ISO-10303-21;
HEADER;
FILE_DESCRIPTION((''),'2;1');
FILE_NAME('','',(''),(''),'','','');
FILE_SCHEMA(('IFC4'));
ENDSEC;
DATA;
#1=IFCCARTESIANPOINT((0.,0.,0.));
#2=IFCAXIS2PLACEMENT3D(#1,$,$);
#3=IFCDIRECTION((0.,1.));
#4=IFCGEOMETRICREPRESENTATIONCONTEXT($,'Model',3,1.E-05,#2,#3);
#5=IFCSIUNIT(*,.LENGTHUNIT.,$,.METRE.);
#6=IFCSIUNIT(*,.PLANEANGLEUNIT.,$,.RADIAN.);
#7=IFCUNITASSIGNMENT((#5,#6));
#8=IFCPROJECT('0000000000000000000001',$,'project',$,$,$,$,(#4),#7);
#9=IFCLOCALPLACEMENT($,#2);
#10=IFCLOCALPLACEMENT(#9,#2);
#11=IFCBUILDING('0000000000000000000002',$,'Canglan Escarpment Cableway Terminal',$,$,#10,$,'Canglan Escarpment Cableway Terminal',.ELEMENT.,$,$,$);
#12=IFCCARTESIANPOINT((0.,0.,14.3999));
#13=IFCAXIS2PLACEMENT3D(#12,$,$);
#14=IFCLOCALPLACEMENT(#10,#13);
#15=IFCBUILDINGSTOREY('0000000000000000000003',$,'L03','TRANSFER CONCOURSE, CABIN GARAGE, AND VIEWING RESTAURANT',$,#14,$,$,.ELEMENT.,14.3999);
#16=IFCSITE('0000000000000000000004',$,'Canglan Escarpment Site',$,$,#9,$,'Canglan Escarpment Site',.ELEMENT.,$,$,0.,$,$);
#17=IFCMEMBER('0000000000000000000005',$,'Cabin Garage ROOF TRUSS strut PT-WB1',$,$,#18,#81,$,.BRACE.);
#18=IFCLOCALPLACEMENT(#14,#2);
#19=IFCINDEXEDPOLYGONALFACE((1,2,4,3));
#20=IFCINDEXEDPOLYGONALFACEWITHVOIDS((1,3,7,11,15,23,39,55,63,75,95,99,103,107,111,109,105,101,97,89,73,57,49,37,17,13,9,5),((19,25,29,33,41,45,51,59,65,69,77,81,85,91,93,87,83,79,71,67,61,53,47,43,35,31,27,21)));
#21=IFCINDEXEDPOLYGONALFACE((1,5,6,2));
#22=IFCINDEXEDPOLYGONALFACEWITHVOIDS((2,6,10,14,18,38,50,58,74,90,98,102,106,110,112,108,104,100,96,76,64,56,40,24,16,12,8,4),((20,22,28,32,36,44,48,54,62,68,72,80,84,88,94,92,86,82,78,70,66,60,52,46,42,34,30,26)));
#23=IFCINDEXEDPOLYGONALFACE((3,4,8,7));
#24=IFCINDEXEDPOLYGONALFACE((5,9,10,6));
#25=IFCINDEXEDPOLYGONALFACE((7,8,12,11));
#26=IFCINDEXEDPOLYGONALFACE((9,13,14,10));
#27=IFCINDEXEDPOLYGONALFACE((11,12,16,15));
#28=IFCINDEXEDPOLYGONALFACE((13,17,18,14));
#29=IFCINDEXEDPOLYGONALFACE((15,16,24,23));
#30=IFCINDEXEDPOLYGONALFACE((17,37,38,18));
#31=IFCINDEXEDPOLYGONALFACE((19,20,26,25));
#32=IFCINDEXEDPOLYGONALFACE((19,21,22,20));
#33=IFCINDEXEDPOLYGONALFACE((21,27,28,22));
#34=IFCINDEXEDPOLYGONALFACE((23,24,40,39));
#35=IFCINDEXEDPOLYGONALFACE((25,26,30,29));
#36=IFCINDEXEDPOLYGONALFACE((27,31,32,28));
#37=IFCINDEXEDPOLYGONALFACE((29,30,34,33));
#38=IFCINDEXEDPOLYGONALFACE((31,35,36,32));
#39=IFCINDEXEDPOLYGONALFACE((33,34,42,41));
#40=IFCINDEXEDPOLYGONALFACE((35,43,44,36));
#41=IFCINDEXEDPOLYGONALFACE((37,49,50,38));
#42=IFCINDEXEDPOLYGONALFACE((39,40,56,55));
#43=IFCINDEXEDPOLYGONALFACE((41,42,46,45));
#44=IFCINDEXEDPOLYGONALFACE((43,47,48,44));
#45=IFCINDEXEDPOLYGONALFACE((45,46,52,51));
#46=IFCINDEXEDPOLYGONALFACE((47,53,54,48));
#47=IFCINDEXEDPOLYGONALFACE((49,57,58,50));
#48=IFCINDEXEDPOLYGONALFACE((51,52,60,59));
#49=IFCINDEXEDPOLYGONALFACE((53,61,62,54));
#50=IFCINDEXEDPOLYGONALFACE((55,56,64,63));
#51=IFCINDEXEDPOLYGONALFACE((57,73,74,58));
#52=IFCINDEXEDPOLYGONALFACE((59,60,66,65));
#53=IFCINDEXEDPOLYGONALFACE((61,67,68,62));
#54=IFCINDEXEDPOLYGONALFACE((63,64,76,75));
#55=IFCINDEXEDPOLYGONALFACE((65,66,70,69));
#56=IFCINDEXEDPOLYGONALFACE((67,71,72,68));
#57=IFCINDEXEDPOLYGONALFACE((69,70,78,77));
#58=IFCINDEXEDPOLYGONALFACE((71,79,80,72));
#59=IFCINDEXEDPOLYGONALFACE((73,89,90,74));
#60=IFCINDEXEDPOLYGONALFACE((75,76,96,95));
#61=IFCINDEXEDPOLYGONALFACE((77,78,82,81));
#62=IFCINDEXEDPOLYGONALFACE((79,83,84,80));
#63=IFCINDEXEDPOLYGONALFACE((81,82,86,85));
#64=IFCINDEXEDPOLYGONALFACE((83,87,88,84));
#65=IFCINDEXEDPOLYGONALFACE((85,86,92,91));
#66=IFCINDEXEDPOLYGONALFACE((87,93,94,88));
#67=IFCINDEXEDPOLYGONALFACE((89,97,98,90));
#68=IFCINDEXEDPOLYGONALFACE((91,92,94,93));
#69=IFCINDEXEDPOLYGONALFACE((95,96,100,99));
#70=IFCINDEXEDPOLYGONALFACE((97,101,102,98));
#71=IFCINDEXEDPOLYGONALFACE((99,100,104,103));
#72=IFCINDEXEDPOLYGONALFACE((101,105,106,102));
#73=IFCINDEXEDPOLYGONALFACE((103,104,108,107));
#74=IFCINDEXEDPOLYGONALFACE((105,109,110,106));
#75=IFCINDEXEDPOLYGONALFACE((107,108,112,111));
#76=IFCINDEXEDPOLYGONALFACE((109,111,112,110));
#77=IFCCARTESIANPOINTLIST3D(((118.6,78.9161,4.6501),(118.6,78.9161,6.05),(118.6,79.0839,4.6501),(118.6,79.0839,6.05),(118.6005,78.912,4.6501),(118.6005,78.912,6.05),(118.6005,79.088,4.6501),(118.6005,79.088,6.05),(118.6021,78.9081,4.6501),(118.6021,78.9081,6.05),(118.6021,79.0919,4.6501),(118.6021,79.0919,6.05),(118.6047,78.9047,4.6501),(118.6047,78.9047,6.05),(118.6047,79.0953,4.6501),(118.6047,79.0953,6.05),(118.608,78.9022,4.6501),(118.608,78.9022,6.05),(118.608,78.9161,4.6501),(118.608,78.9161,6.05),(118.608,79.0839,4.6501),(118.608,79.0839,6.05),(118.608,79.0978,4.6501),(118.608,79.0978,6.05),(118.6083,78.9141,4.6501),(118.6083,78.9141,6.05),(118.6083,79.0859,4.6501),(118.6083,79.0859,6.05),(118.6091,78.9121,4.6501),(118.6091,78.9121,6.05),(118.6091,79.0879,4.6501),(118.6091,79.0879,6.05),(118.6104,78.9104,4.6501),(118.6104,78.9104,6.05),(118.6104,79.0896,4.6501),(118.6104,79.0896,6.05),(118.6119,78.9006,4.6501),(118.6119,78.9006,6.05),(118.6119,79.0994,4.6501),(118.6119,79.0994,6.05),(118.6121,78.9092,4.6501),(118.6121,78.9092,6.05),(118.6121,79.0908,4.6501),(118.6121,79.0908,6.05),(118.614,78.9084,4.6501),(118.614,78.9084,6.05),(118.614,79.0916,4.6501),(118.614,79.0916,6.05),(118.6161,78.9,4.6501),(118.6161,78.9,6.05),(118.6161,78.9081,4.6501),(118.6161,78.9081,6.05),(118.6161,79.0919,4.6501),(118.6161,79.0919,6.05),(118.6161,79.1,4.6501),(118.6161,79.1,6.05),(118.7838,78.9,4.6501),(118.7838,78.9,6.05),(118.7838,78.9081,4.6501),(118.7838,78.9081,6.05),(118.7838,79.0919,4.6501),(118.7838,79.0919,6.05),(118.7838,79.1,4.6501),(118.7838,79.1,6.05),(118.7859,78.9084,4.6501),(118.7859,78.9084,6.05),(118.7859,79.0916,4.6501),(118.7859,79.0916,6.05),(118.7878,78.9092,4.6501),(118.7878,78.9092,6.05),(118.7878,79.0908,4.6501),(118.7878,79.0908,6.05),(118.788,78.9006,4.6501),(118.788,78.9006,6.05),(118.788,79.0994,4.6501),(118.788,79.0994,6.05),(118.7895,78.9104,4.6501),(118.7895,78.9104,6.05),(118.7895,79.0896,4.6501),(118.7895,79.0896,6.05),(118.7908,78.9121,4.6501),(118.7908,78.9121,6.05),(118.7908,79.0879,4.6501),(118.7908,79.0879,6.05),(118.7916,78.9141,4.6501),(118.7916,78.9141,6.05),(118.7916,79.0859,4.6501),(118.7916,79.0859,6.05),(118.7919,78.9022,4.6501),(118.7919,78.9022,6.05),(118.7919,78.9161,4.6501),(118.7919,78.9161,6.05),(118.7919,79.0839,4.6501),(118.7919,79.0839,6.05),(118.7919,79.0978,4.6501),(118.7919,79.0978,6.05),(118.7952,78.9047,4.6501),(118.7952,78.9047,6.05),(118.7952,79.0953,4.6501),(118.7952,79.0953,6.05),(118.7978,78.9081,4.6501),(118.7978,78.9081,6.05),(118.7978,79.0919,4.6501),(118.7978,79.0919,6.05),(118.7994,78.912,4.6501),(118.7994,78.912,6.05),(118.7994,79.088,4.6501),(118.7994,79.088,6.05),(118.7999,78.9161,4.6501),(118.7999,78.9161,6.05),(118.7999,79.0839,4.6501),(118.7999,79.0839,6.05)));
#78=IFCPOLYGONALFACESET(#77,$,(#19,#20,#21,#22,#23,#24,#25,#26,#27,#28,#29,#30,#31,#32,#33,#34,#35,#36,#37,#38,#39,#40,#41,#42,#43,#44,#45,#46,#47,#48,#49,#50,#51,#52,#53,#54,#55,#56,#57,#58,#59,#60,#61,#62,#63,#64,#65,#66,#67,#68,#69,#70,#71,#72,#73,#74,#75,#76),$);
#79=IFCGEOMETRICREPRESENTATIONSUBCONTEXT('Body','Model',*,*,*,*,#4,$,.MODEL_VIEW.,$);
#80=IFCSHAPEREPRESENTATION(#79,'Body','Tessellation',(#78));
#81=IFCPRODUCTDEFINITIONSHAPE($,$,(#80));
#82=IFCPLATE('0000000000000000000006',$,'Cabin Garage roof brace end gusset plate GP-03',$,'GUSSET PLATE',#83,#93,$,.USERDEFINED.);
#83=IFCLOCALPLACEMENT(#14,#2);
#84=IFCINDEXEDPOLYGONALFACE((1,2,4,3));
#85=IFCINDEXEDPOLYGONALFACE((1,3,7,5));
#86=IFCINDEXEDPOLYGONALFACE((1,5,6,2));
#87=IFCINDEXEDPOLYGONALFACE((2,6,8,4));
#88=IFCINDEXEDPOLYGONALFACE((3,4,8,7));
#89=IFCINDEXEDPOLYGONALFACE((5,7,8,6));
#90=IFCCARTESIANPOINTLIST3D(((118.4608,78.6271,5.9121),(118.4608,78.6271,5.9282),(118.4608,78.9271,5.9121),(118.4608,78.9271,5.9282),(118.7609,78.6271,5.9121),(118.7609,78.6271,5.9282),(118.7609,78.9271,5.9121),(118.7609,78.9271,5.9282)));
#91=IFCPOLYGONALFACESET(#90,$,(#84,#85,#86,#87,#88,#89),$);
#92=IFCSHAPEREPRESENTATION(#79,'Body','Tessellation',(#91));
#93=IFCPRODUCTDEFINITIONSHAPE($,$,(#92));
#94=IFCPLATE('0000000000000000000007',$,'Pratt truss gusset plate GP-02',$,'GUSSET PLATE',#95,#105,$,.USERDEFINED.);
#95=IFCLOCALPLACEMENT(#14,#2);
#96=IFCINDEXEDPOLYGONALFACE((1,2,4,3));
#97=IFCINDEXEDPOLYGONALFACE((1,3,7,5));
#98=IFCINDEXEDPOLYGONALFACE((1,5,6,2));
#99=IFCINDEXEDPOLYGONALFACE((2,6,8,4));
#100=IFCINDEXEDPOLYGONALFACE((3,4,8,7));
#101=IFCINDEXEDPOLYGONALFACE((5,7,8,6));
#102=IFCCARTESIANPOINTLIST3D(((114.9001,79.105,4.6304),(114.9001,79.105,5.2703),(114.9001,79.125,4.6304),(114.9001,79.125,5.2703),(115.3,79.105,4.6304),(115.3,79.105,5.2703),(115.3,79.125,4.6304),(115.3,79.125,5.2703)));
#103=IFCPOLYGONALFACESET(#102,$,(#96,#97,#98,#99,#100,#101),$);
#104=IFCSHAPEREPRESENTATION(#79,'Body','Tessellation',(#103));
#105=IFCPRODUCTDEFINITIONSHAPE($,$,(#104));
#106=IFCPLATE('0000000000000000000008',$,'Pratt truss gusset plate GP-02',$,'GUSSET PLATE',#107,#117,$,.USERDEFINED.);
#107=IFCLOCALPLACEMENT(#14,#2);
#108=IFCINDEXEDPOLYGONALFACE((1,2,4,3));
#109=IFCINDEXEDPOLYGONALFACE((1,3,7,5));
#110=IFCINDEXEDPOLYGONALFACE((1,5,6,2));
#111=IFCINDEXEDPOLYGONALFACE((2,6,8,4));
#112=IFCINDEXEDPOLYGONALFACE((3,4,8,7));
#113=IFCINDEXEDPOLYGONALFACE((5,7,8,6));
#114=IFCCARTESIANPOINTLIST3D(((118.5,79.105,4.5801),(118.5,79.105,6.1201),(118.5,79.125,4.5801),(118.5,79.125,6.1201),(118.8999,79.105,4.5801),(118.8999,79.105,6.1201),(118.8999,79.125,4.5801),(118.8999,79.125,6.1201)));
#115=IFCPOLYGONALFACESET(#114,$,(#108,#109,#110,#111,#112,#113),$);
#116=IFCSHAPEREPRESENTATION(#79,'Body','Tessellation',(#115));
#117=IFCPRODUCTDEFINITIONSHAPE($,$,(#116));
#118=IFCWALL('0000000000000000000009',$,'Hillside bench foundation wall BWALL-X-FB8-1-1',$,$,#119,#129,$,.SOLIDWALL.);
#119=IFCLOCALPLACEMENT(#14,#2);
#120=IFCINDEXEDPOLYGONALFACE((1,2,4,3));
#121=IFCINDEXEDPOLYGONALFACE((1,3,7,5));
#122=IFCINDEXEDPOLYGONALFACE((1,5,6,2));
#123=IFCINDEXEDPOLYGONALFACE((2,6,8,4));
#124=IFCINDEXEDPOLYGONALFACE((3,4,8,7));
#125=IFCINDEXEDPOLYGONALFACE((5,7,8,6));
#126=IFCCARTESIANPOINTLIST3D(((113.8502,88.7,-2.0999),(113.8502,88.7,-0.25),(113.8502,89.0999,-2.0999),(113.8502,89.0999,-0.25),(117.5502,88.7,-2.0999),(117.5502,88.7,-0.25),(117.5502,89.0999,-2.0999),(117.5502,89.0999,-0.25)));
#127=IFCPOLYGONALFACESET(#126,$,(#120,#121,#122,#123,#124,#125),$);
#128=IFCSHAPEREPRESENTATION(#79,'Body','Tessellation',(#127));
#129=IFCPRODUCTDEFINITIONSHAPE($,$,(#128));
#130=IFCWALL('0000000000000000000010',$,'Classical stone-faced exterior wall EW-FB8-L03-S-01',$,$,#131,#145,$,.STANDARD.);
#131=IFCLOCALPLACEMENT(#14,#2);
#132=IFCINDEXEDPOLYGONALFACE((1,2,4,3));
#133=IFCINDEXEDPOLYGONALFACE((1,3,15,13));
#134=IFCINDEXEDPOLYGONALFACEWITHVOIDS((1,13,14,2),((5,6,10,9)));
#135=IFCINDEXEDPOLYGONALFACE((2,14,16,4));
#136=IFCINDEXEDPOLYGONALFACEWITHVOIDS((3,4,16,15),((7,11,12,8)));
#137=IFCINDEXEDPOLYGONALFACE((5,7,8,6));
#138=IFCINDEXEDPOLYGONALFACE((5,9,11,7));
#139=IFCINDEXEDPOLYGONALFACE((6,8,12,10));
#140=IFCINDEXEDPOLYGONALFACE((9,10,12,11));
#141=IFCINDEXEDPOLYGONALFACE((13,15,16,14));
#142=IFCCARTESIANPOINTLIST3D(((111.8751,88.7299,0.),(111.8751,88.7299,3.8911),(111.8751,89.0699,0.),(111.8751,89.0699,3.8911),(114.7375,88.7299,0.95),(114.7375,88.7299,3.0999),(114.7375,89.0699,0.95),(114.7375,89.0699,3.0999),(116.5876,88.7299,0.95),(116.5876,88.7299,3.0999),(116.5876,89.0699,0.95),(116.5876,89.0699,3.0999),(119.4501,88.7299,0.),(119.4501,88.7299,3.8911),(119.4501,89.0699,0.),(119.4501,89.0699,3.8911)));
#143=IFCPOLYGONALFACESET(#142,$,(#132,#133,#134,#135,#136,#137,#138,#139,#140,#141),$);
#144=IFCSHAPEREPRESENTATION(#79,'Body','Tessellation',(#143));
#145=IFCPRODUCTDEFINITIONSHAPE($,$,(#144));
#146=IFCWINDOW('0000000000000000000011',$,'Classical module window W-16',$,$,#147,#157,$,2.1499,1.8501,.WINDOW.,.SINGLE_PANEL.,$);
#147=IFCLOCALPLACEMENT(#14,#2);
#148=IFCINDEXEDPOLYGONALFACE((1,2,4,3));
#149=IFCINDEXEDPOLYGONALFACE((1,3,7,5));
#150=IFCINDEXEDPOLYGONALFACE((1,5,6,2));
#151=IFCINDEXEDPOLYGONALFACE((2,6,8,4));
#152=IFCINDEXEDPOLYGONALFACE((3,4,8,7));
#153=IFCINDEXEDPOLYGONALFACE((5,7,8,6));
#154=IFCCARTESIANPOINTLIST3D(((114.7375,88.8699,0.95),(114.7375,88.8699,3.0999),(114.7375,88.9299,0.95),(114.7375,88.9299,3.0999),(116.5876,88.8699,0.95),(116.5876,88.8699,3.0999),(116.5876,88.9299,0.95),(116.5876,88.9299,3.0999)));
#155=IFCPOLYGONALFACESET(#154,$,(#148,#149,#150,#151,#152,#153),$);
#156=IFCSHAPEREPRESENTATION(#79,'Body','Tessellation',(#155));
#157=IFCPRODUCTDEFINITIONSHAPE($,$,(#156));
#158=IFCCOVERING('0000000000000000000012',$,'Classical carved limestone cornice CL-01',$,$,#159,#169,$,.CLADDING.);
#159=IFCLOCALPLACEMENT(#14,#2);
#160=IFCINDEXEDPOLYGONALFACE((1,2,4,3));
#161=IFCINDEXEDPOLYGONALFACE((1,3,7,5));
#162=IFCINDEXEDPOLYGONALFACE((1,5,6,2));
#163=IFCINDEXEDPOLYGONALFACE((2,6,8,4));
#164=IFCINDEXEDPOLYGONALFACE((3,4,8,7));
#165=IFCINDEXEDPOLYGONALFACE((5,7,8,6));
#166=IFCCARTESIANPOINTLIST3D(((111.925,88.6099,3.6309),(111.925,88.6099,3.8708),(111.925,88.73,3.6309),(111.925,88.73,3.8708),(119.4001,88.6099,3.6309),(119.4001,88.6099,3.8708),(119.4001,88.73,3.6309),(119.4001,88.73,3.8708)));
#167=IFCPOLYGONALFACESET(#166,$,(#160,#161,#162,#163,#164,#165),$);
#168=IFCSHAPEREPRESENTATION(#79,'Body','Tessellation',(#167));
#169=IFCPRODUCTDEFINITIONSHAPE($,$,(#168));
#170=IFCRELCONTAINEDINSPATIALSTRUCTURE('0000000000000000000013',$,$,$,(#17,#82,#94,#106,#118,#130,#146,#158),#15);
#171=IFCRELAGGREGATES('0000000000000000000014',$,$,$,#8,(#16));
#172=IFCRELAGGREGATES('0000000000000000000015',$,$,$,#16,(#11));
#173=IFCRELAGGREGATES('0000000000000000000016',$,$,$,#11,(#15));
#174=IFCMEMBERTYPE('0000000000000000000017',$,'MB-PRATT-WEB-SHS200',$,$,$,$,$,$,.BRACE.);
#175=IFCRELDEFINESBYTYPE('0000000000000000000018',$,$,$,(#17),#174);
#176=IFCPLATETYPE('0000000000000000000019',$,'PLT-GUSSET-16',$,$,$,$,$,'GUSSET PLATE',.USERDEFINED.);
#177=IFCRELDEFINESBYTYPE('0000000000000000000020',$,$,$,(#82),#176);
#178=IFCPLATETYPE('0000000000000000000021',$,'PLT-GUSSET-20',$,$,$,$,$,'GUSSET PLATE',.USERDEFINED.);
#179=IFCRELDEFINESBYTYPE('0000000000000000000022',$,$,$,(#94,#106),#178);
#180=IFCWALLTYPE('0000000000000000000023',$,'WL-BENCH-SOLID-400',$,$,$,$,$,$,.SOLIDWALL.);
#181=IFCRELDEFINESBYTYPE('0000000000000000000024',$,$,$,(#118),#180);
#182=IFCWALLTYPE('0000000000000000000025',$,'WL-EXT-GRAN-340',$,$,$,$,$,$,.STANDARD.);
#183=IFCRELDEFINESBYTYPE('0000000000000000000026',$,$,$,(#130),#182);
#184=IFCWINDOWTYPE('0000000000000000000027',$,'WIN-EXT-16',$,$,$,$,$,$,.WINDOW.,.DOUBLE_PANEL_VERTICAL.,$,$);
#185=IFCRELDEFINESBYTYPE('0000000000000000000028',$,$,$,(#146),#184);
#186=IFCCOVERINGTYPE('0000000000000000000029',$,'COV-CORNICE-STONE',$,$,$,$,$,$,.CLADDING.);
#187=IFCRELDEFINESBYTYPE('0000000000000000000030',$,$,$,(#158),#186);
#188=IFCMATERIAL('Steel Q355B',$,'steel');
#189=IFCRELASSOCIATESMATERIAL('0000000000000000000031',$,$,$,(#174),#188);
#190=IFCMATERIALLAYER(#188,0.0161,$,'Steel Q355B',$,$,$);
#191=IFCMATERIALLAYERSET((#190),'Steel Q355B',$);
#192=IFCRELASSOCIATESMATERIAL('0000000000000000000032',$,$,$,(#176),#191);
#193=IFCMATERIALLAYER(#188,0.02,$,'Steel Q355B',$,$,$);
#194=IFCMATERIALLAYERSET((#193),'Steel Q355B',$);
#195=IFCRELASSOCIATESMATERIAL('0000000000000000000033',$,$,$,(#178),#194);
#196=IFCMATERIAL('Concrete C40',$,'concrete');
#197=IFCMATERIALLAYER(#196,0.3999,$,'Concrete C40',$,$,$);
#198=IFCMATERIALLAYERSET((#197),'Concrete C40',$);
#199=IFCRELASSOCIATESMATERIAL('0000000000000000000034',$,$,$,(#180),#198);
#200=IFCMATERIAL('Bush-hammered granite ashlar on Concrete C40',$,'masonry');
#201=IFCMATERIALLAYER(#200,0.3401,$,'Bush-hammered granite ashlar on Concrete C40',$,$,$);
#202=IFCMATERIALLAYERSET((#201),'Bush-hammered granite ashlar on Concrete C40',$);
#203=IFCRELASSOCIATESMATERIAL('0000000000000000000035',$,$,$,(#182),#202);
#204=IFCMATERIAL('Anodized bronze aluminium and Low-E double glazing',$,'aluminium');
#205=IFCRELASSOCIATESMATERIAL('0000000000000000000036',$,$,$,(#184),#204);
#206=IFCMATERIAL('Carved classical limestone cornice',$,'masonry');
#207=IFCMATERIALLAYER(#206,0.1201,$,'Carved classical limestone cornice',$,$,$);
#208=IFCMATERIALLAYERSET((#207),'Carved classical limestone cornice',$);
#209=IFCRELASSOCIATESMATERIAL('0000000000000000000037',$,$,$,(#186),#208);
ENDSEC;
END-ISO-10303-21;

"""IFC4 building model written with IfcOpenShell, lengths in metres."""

from ifc_helpers import new_model, si_unit, direction, frame, frame_2d, origin, origin_2d, place, context, subcontext, project, spatial, rectangle, hollow_rectangle, extrude, material, layer, layer_set, material_profile, profile_set, type_object, element, fill, save


model = new_model("IFC4")

# Units and contexts
model_context = context("Model", 3, precision=1e-05, world=origin(), true_north=direction((0.0, 1.0)))
body_context = subcontext(model_context, "Body", "Model", "MODEL_VIEW")
ifc_project = project(units=[si_unit("LENGTHUNIT", "METRE"), si_unit("PLANEANGLEUNIT", "RADIAN")], contexts=[model_context])

# Site, building, storey
site_placement = place(None, origin())
site = spatial("IfcSite", under=ifc_project, at=site_placement, Name="Canglan Escarpment Site", LongName="Canglan Escarpment Site", CompositionType="ELEMENT", RefElevation=0.0)
building_placement = place(site_placement, origin())
building = spatial("IfcBuilding", under=site, at=building_placement, Name="Canglan Escarpment Cableway Terminal", LongName="Canglan Escarpment Cableway Terminal", CompositionType="ELEMENT")
storey_placement = place(building_placement, frame((0.0, 0.0, 14.3999)))
storey = spatial("IfcBuildingStorey", under=building, at=storey_placement, Name="L03", Description="TRANSFER CONCOURSE, CABIN GARAGE, AND VIEWING RESTAURANT", CompositionType="ELEMENT", Elevation=14.3999)

# Shared definitions
ifc_material_1 = material(Name="Concrete C40", Category="concrete")

# Shared definitions
ifc_material_2 = material(Name="Steel Q355B", Category="steel")

# Member
ifc_material_profile_1 = material_profile(ifc_material_2, hollow_rectangle(XDim=0.2, YDim=0.2, WallThickness=0.0081, InnerFilletRadius=0.0081, OuterFilletRadius=0.0161, at=origin_2d()), Name="SHS 200x200x8")
ifc_profile_set_1 = profile_set([ifc_material_profile_1], Name="Steel Q355B")
member_type_1 = type_object("IfcMemberType", Name="MB-PRATT-WEB-SHS200", PredefinedType="BRACE", material=ifc_profile_set_1)
member_1_placement = place(storey_placement, frame((118.7, 79.0, 4.6501), z_axis=(0.0, 0.0, 1.0), x_axis=(1.0, 0.0, 0.0)))
element("IfcMember", 1, at=member_1_placement, inside=storey, type_object=member_type_1, Name="Cabin Garage ROOF TRUSS strut PT-WB1", PredefinedType="BRACE", context=body_context, shape_type="SweptSolid", body=[
    extrude(hollow_rectangle(XDim=0.2, YDim=0.2, WallThickness=0.0081, InnerFilletRadius=0.0081, OuterFilletRadius=0.0161, at=origin_2d()), origin(), (0.0, 0.0, 1.0), 1.3999),
])

# Plates
ifc_layer_1 = layer(ifc_material_2, 0.0161, Name="Steel Q355B")
ifc_layer_set_1 = layer_set([ifc_layer_1], Name="Steel Q355B")
plate_type_1 = type_object("IfcPlateType", Name="PLT-GUSSET-16", ElementType="GUSSET PLATE", PredefinedType="USERDEFINED", material=ifc_layer_set_1)
plate_1_placement = place(storey_placement, frame((118.6108, 78.7771, 5.9121), z_axis=(0.0, 0.0, 1.0), x_axis=(1.0, 0.0, 0.0)))
element("IfcPlate", 2, at=plate_1_placement, inside=storey, type_object=plate_type_1, Name="Cabin Garage roof brace end gusset plate GP-03", ObjectType="GUSSET PLATE", PredefinedType="USERDEFINED", context=body_context, shape_type="SweptSolid", body=[
    extrude(rectangle(XDim=0.3, YDim=0.3, at=origin_2d()), origin(), (0.0, 0.0, 1.0), 0.0161),
])
ifc_layer_2 = layer(ifc_material_2, 0.02, Name="Steel Q355B")
ifc_layer_set_2 = layer_set([ifc_layer_2], Name="Steel Q355B")
plate_type_2 = type_object("IfcPlateType", Name="PLT-GUSSET-20", ElementType="GUSSET PLATE", PredefinedType="USERDEFINED", material=ifc_layer_set_2)
plate_2_placement = place(storey_placement, frame((115.1001, 79.115, 4.6304), z_axis=(0.0, 0.0, 1.0), x_axis=(1.0, 0.0, 0.0)))
element("IfcPlate", 3, at=plate_2_placement, inside=storey, type_object=plate_type_2, Name="Pratt truss gusset plate GP-02", ObjectType="GUSSET PLATE", PredefinedType="USERDEFINED", context=body_context, shape_type="SweptSolid", body=[
    extrude(rectangle(XDim=0.3999, YDim=0.02, at=origin_2d()), origin(), (0.0, 0.0, 1.0), 0.6399),
])
plate_3_placement = place(storey_placement, frame((118.7, 79.115, 4.5801), z_axis=(0.0, 0.0, 1.0), x_axis=(1.0, 0.0, 0.0)))
element("IfcPlate", 4, at=plate_3_placement, inside=storey, type_object=plate_type_2, Name="Pratt truss gusset plate GP-02", ObjectType="GUSSET PLATE", PredefinedType="USERDEFINED", context=body_context, shape_type="SweptSolid", body=[
    extrude(rectangle(XDim=0.3999, YDim=0.02, at=origin_2d()), origin(), (0.0, 0.0, 1.0), 1.54),
])

# Wall
ifc_layer_3 = layer(ifc_material_1, 0.3999, Name="Concrete C40")
ifc_layer_set_3 = layer_set([ifc_layer_3], Name="Concrete C40")
wall_type_1 = type_object("IfcWallType", Name="WL-BENCH-SOLID-400", PredefinedType="SOLIDWALL", material=ifc_layer_set_3)
wall_1_placement = place(storey_placement, frame((113.8501, 88.8999, -2.0999), z_axis=(0.0, 0.0, 1.0), x_axis=(1.0, 0.0, 0.0)))
element("IfcWall", 5, at=wall_1_placement, inside=storey, type_object=wall_type_1, Name="Hillside bench foundation wall BWALL-X-FB8-1-1", PredefinedType="SOLIDWALL", context=body_context, shape_type="SweptSolid", body=[
    extrude(rectangle(XDim=3.7, YDim=0.3999, at=frame_2d((1.8501, 0.0))), origin(), (0.0, 0.0, 1.0), 1.8499),
])

# Wall, opening, window
ifc_material_3 = material(Name="Bush-hammered granite ashlar on Concrete C40", Category="masonry")
ifc_layer_4 = layer(ifc_material_3, 0.3401, Name="Bush-hammered granite ashlar on Concrete C40")
ifc_layer_set_4 = layer_set([ifc_layer_4], Name="Bush-hammered granite ashlar on Concrete C40")
wall_type_2 = type_object("IfcWallType", Name="WL-EXT-GRAN-340", PredefinedType="STANDARD", material=ifc_layer_set_4)
wall_2_placement = place(storey_placement, frame((111.875, 88.8999, 0.0), z_axis=(0.0, 0.0, 1.0), x_axis=(1.0, 0.0, 0.0)))
wall_2 = element("IfcWall", 6, at=wall_2_placement, inside=storey, type_object=wall_type_2, Name="Classical stone-faced exterior wall EW-FB8-L03-S-01", PredefinedType="STANDARD", context=body_context, shape_type="SweptSolid", body=[
    extrude(rectangle(XDim=7.575, YDim=0.3401, at=frame_2d((3.7876, 0.0))), origin(), (0.0, 0.0, 1.0), 3.8911),
])
opening_placement = place(wall_2_placement, frame((2.8625, 0.0, 0.95)))
opening = element("IfcOpeningElement", 7, at=opening_placement, cuts=wall_2, PredefinedType="OPENING", context=body_context, shape_type="SweptSolid", body=[
    extrude(rectangle(XDim=1.8501, YDim=2.1499, at=frame_2d((0.925, 1.075))), frame((0.0, 0.1802, 0.0), z_axis=(0.0, -1.0, 0.0), x_axis=(1.0, 0.0, 0.0)), (0.0, 0.0, 1.0), 0.3601),
])
ifc_material_4 = material(Name="Anodized bronze aluminium and Low-E double glazing", Category="aluminium")
window_type = type_object("IfcWindowType", Name="WIN-EXT-16", PartitioningType="DOUBLE_PANEL_VERTICAL", PredefinedType="WINDOW", material=ifc_material_4)
window_placement = place(opening_placement, origin())
window = element("IfcWindow", 8, at=window_placement, inside=storey, type_object=window_type, Name="Classical module window W-16", OverallHeight=2.1499, OverallWidth=1.8501, PartitioningType="SINGLE_PANEL", PredefinedType="WINDOW", context=body_context, shape_type="SweptSolid", body=[
    extrude(rectangle(XDim=1.8501, YDim=2.1499, at=frame_2d((0.925, 1.075))), frame((0.0, 0.03, 0.0), z_axis=(0.0, -1.0, 0.0), x_axis=(1.0, 0.0, 0.0)), (0.0, 0.0, 1.0), 0.0601),
])
fill(opening, window)

# Covering
ifc_material_5 = material(Name="Carved classical limestone cornice", Category="masonry")
ifc_layer_5 = layer(ifc_material_5, 0.1201, Name="Carved classical limestone cornice")
ifc_layer_set_5 = layer_set([ifc_layer_5], Name="Carved classical limestone cornice")
covering_type = type_object("IfcCoveringType", Name="COV-CORNICE-STONE", PredefinedType="CLADDING", material=ifc_layer_set_5)
covering_placement = place(storey_placement, frame((115.6626, 88.6699, 3.6309), z_axis=(0.0, 0.0, 1.0), x_axis=(1.0, 0.0, 0.0)))
element("IfcCovering", 9, at=covering_placement, inside=storey, type_object=covering_type, Name="Classical carved limestone cornice CL-01", PredefinedType="CLADDING", context=body_context, shape_type="SweptSolid", body=[
    extrude(rectangle(XDim=7.4751, YDim=0.1201, at=origin_2d()), origin(), (0.0, 0.0, 1.0), 0.24),
])

save(model, "model.ifc")
